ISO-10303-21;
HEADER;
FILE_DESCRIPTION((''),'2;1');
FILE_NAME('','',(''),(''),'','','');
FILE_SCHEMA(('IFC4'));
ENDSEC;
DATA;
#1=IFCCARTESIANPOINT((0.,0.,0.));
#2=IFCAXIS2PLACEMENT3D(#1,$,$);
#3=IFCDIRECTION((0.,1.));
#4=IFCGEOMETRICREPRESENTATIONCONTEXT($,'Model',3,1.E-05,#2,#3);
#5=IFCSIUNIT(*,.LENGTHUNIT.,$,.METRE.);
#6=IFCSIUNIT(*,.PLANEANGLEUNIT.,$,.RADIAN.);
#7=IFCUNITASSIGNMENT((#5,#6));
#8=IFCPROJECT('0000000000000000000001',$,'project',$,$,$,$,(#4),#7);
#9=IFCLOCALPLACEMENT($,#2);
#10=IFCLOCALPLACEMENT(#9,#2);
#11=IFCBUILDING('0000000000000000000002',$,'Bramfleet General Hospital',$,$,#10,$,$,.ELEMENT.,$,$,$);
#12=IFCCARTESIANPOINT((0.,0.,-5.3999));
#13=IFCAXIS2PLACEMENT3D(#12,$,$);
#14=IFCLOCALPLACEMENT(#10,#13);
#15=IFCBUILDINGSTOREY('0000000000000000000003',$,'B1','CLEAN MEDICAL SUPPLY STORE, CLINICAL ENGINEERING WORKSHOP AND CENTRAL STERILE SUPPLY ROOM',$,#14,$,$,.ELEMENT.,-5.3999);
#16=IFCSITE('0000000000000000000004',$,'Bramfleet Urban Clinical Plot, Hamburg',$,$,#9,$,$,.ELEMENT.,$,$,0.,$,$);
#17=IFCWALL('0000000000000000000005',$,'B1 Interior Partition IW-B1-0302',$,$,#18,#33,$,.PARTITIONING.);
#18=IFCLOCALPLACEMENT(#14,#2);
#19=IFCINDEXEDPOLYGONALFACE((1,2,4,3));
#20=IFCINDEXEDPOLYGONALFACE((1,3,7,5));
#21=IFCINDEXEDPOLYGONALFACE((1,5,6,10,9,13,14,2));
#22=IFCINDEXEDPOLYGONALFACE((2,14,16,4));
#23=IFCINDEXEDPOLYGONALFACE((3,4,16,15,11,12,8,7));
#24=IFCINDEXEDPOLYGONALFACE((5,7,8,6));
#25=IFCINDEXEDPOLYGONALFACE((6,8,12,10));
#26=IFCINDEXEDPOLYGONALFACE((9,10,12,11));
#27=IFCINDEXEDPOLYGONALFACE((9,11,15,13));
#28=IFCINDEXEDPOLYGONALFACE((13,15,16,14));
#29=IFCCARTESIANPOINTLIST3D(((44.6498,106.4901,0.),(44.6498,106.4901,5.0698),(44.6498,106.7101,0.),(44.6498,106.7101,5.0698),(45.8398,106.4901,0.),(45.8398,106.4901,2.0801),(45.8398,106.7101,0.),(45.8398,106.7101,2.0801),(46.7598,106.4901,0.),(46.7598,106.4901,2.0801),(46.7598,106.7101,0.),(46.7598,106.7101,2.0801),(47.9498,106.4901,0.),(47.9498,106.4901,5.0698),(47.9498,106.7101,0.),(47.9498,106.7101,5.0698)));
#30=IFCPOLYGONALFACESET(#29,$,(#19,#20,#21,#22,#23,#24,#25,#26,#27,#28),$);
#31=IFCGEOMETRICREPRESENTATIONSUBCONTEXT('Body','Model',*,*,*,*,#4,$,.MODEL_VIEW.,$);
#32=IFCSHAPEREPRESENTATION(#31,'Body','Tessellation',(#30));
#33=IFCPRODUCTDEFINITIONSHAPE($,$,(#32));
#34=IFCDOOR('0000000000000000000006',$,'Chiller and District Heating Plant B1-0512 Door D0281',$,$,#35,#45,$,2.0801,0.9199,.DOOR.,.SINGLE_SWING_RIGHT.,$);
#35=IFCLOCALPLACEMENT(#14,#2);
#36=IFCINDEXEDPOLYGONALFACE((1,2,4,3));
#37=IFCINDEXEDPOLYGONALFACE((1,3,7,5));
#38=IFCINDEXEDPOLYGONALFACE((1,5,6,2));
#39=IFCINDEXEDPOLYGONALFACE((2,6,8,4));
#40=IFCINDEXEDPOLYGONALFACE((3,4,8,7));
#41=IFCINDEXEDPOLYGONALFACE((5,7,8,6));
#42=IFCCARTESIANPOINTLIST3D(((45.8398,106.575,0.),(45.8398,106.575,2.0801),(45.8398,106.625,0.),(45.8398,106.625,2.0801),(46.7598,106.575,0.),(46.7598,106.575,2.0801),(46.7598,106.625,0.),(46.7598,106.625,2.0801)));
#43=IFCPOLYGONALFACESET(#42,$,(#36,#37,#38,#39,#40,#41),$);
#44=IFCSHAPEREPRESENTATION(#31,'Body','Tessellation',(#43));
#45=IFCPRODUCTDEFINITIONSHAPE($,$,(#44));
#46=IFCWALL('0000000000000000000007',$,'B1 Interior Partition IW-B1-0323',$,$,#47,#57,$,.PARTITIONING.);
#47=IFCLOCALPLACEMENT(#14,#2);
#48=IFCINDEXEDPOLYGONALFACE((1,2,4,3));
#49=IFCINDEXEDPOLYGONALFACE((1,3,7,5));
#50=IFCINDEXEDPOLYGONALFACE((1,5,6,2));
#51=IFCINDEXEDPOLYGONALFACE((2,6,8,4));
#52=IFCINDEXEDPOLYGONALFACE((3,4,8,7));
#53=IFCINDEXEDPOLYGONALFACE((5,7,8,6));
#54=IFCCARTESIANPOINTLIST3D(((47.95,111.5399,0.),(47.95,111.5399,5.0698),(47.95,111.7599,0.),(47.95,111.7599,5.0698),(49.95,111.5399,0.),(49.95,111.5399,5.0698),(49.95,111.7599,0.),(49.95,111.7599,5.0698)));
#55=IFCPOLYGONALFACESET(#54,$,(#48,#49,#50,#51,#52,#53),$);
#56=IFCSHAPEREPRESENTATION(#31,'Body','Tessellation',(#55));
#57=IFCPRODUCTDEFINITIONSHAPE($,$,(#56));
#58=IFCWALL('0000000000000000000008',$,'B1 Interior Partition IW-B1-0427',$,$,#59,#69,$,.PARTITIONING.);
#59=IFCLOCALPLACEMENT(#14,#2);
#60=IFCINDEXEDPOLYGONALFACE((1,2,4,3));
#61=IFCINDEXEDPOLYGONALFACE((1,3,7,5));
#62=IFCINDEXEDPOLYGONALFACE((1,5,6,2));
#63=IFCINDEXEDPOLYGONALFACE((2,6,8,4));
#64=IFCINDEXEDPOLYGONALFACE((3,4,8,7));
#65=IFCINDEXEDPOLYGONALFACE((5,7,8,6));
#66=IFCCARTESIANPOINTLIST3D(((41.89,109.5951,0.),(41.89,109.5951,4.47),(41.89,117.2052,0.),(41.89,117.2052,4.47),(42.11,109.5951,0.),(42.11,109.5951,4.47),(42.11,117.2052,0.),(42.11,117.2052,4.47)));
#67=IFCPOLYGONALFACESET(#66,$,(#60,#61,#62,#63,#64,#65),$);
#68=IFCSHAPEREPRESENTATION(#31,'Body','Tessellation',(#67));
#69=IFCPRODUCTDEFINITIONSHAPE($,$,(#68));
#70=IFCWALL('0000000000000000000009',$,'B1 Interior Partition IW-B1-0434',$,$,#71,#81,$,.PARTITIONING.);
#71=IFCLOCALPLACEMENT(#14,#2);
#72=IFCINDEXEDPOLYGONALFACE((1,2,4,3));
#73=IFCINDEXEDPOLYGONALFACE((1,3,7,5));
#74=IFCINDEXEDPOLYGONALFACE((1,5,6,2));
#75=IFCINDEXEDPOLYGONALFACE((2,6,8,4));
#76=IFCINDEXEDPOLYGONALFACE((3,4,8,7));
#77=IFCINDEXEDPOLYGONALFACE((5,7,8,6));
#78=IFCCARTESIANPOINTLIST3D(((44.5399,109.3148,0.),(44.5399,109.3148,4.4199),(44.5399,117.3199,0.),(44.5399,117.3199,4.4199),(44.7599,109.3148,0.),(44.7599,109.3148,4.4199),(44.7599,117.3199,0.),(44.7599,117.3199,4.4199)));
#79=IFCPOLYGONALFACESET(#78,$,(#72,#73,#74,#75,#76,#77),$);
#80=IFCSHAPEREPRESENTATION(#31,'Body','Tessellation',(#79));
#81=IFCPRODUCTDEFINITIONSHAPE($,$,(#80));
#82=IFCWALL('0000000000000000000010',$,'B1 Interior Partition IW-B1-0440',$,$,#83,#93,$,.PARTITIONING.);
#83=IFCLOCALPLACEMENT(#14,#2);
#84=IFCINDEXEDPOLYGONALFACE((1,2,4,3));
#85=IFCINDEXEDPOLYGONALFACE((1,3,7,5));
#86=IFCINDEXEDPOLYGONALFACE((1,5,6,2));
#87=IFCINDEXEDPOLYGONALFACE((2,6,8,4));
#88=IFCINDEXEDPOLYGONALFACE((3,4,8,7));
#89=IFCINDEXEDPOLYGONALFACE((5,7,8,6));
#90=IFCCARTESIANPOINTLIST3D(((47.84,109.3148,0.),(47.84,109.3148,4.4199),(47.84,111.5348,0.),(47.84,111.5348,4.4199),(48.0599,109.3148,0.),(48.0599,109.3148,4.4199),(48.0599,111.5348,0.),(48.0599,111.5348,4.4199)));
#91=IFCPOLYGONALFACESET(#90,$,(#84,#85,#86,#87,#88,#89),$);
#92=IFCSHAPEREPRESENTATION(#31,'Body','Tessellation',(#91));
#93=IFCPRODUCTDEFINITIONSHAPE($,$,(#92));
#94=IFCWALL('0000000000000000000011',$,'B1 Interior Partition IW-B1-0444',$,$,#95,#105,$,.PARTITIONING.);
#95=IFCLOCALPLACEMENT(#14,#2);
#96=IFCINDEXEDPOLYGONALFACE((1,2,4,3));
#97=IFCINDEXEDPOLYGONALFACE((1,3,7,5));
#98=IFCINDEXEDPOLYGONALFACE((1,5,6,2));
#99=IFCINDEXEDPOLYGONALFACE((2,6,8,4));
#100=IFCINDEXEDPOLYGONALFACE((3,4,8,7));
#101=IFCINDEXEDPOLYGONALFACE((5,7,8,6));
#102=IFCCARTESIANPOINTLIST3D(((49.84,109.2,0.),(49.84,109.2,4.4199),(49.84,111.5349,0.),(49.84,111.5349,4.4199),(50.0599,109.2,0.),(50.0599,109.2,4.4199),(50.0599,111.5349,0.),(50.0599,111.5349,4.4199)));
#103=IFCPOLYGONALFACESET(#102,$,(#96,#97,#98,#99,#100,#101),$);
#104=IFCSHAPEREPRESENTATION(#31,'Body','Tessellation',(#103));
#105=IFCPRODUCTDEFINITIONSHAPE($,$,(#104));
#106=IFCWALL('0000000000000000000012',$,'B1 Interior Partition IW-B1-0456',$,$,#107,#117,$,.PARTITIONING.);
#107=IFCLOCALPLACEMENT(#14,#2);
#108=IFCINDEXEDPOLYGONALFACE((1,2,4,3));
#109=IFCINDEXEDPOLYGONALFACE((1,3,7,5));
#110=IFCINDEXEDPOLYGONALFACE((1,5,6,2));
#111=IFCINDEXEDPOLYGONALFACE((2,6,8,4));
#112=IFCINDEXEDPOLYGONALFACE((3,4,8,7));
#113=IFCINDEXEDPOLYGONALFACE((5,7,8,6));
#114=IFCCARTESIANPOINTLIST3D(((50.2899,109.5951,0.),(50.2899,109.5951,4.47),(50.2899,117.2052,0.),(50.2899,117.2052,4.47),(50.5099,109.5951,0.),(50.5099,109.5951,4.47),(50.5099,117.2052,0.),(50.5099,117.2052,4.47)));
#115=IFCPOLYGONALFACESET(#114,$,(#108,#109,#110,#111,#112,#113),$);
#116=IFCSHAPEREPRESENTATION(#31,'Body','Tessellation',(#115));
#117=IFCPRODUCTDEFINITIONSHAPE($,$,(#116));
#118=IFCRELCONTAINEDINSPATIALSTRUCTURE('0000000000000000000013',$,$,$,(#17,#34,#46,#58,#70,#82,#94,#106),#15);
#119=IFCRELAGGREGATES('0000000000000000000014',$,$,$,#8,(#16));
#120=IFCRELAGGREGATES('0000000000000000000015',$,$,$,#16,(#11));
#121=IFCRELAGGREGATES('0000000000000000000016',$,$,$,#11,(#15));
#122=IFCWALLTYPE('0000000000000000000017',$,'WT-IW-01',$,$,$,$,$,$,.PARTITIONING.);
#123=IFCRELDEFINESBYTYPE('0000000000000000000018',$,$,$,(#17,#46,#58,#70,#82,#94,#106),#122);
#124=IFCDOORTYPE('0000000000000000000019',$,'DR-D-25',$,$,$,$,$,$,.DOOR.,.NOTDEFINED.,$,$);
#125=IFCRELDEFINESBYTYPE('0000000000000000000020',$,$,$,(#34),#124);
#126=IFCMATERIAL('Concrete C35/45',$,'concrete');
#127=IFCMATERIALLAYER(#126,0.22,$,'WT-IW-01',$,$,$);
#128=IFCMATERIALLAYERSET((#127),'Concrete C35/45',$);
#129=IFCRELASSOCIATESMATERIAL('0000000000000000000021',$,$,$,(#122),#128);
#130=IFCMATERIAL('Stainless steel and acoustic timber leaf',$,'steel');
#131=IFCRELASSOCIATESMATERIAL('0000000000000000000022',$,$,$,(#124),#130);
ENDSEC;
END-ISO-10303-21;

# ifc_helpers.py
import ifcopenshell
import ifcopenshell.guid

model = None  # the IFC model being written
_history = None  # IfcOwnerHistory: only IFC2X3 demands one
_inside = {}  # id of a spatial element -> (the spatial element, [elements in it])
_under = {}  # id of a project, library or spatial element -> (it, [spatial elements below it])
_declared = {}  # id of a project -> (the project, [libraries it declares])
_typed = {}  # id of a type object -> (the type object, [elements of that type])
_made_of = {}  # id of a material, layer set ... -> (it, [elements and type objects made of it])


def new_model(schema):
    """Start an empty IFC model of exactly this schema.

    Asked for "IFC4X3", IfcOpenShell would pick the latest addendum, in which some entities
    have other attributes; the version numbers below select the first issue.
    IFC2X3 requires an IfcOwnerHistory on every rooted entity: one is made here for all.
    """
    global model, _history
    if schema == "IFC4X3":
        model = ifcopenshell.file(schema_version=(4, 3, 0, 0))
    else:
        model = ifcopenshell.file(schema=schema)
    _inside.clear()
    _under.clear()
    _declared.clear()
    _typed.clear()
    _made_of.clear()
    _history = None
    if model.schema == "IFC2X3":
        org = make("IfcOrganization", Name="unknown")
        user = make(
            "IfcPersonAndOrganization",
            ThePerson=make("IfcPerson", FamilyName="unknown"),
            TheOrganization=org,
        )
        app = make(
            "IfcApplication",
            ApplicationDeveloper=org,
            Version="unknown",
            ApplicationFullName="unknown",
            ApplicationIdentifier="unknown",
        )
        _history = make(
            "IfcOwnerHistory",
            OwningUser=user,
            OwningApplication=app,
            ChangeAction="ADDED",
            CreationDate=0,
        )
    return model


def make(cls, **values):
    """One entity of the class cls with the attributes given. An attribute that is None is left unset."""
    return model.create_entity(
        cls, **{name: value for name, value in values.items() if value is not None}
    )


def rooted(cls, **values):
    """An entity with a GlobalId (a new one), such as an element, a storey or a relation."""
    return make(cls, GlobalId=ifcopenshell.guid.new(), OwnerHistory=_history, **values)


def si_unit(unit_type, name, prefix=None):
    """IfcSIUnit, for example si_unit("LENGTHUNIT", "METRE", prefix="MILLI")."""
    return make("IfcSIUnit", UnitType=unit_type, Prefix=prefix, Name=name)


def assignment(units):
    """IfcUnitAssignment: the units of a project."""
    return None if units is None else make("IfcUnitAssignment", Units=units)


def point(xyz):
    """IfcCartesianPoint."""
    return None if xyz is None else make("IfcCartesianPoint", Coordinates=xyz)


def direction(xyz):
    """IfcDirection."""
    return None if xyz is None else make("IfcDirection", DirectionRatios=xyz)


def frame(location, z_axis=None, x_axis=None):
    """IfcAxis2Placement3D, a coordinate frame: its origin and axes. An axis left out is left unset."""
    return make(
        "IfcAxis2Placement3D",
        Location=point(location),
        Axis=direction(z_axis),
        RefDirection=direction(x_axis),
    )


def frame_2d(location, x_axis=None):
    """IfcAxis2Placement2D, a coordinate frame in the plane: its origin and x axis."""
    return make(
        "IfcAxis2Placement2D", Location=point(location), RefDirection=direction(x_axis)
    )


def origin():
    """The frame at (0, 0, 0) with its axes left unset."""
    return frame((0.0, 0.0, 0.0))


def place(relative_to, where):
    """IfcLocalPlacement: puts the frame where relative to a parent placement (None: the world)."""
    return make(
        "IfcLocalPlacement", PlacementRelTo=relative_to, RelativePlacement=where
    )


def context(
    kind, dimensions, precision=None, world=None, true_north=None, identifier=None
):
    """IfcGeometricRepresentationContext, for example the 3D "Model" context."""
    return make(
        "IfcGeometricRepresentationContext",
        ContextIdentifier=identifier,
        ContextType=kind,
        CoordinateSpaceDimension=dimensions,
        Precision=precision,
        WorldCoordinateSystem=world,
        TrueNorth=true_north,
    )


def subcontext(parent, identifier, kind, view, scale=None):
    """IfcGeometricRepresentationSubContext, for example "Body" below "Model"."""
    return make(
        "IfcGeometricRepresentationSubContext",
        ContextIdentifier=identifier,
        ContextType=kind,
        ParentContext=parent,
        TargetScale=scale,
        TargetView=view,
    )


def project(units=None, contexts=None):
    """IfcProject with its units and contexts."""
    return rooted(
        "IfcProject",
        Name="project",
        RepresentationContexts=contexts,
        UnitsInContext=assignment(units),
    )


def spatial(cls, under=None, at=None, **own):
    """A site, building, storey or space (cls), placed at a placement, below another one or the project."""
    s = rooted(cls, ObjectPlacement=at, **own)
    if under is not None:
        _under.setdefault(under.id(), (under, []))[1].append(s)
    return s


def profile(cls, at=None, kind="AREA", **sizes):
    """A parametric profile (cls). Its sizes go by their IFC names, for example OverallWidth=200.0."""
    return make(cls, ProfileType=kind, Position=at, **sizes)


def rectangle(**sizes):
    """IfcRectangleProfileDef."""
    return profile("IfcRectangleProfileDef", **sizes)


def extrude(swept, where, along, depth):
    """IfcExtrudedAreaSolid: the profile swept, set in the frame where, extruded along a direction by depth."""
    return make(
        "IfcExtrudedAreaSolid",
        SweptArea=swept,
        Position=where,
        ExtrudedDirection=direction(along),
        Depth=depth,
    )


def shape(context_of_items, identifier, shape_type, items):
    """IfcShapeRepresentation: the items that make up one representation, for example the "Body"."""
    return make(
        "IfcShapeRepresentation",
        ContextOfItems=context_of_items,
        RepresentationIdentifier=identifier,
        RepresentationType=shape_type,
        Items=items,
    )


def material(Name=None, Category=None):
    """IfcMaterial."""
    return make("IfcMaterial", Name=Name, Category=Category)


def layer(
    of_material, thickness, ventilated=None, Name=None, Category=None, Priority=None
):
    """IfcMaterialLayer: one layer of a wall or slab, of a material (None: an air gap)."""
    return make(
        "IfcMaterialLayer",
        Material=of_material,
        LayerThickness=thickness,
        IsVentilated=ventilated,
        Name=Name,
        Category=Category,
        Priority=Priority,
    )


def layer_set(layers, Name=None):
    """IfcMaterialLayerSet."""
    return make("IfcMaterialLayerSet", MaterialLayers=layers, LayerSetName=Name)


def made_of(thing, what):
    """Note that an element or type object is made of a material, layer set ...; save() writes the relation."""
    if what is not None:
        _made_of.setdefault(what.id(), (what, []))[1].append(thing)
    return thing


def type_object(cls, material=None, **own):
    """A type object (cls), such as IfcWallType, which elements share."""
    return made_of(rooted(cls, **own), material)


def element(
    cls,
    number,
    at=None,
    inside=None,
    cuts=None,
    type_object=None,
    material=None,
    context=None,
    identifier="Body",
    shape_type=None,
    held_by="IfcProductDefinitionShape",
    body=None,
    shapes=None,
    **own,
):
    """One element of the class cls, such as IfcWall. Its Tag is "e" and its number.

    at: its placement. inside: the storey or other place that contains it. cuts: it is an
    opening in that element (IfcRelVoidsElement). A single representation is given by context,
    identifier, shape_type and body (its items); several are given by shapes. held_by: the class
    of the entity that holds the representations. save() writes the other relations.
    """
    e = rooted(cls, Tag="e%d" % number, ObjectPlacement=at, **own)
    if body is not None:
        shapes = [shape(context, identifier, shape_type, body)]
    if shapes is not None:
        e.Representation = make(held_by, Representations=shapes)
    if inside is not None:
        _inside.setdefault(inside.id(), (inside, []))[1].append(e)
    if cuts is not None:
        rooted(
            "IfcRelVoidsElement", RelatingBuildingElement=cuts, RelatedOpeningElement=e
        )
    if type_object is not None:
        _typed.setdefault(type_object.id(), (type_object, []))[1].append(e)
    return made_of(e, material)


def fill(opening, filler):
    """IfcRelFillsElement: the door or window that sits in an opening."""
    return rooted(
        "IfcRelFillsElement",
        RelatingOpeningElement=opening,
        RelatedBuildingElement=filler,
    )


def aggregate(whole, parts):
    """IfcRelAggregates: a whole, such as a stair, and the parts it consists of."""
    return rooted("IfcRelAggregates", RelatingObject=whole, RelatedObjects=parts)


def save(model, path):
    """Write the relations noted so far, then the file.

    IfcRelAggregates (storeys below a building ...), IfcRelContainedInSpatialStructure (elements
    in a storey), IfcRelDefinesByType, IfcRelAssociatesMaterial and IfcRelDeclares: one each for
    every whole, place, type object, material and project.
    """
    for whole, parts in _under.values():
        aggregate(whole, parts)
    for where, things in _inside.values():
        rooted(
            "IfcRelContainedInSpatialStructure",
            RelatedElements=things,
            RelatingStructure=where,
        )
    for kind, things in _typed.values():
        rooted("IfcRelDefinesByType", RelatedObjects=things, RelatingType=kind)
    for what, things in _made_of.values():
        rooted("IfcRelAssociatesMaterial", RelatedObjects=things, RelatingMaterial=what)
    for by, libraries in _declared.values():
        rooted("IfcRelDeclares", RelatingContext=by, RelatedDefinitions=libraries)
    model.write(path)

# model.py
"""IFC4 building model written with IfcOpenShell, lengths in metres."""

from ifc_helpers import new_model, si_unit, direction, frame, frame_2d, origin, place, context, subcontext, project, spatial, rectangle, extrude, material, layer, layer_set, type_object, element, fill, save


model = new_model("IFC4")

# Units and contexts
model_context = context("Model", 3, precision=1e-05, world=origin(), true_north=direction((0.0, 1.0)))
body_context = subcontext(model_context, "Body", "Model", "MODEL_VIEW")
ifc_project = project(units=[si_unit("LENGTHUNIT", "METRE"), si_unit("PLANEANGLEUNIT", "RADIAN")], contexts=[model_context])

# Site, building, storey
site_placement = place(None, origin())
site = spatial("IfcSite", under=ifc_project, at=site_placement, Name="Bramfleet Urban Clinical Plot, Hamburg", CompositionType="ELEMENT", RefElevation=0.0)
building_placement = place(site_placement, origin())
building = spatial("IfcBuilding", under=site, at=building_placement, Name="Bramfleet General Hospital", CompositionType="ELEMENT")
storey_placement = place(building_placement, frame((0.0, 0.0, -5.3999)))
storey = spatial("IfcBuildingStorey", under=building, at=storey_placement, Name="B1", Description="CLEAN MEDICAL SUPPLY STORE, CLINICAL ENGINEERING WORKSHOP AND CENTRAL STERILE SUPPLY ROOM", CompositionType="ELEMENT", Elevation=-5.3999)

# Shared definitions
ifc_material_1 = material(Name="Concrete C35/45", Category="concrete")

# Wall, opening, door
ifc_layer_1 = layer(ifc_material_1, 0.22, Name="WT-IW-01")
ifc_layer_set_1 = layer_set([ifc_layer_1], Name="Concrete C35/45")
wall_type_1 = type_object("IfcWallType", Name="WT-IW-01", PredefinedType="PARTITIONING", material=ifc_layer_set_1)
wall_1_placement = place(storey_placement, frame((44.6499, 106.6001, 0.0), z_axis=(0.0, 0.0, 1.0), x_axis=(1.0, 0.0, 0.0)))
wall_1 = element("IfcWall", 1, at=wall_1_placement, inside=storey, type_object=wall_type_1, Name="B1 Interior Partition IW-B1-0302", PredefinedType="PARTITIONING", context=body_context, shape_type="SweptSolid", body=[
    extrude(rectangle(XDim=3.3, YDim=0.22, at=frame_2d((1.6499, 0.0))), origin(), (0.0, 0.0, 1.0), 5.0698),
])
opening_1_placement = place(wall_1_placement, frame((1.1899, 0.0, 0.0)))
opening_1 = element("IfcOpeningElement", 2, at=opening_1_placement, cuts=wall_1, PredefinedType="OPENING", context=body_context, shape_type="SweptSolid", body=[
    extrude(rectangle(XDim=0.9199, YDim=2.0801, at=frame_2d((0.46, 1.04))), frame((0.0, 0.1199, 0.0), z_axis=(0.0, -1.0, 0.0), x_axis=(1.0, 0.0, 0.0)), (0.0, 0.0, 1.0), 0.24),
])
ifc_material_2 = material(Name="Stainless steel and acoustic timber leaf", Category="steel")
door_type_1 = type_object("IfcDoorType", Name="DR-D-25", OperationType="NOTDEFINED", PredefinedType="DOOR", material=ifc_material_2)
door_1_placement = place(opening_1_placement, origin())
door_1 = element("IfcDoor", 3, at=door_1_placement, inside=storey, type_object=door_type_1, Name="Chiller and District Heating Plant B1-0512 Door D0281", OperationType="SINGLE_SWING_RIGHT", OverallHeight=2.0801, OverallWidth=0.9199, PredefinedType="DOOR", context=body_context, shape_type="SweptSolid", body=[
    extrude(rectangle(XDim=0.9199, YDim=2.0801, at=frame_2d((0.46, 1.04))), frame((0.0, 0.0249, 0.0), z_axis=(0.0, -1.0, 0.0), x_axis=(1.0, 0.0, 0.0)), (0.0, 0.0, 1.0), 0.05),
])
fill(opening_1, door_1)

# Walls
wall_2_placement = place(storey_placement, frame((47.95, 111.6499, 0.0), z_axis=(0.0, 0.0, 1.0), x_axis=(1.0, 0.0, 0.0)))
element("IfcWall", 4, at=wall_2_placement, inside=storey, type_object=wall_type_1, Name="B1 Interior Partition IW-B1-0323", PredefinedType="PARTITIONING", context=body_context, shape_type="SweptSolid", body=[
    extrude(rectangle(XDim=2.0, YDim=0.22, at=frame_2d((1.0, 0.0))), origin(), (0.0, 0.0, 1.0), 5.0698),
])
wall_3_placement = place(storey_placement, frame((42.0, 109.595, 0.0), z_axis=(0.0, 0.0, 1.0), x_axis=(0.0, 1.0, 0.0)))
element("IfcWall", 5, at=wall_3_placement, inside=storey, type_object=wall_type_1, Name="B1 Interior Partition IW-B1-0427", PredefinedType="PARTITIONING", context=body_context, shape_type="SweptSolid", body=[
    extrude(rectangle(XDim=7.6101, YDim=0.22, at=frame_2d((3.8052, 0.0))), origin(), (0.0, 0.0, 1.0), 4.47),
])
wall_4_placement = place(storey_placement, frame((44.6499, 109.3149, 0.0), z_axis=(0.0, 0.0, 1.0), x_axis=(0.0, 1.0, 0.0)))
element("IfcWall", 6, at=wall_4_placement, inside=storey, type_object=wall_type_1, Name="B1 Interior Partition IW-B1-0434", PredefinedType="PARTITIONING", context=body_context, shape_type="SweptSolid", body=[
    extrude(rectangle(XDim=8.0051, YDim=0.22, at=frame_2d((4.0024, 0.0))), origin(), (0.0, 0.0, 1.0), 4.4199),
])
wall_5_placement = place(storey_placement, frame((47.95, 109.3149, 0.0), z_axis=(0.0, 0.0, 1.0), x_axis=(0.0, 1.0, 0.0)))
element("IfcWall", 7, at=wall_5_placement, inside=storey, type_object=wall_type_1, Name="B1 Interior Partition IW-B1-0440", PredefinedType="PARTITIONING", context=body_context, shape_type="SweptSolid", body=[
    extrude(rectangle(XDim=2.22, YDim=0.22, at=frame_2d((1.1099, 0.0))), origin(), (0.0, 0.0, 1.0), 4.4199),
])
wall_6_placement = place(storey_placement, frame((49.95, 109.2, 0.0), z_axis=(0.0, 0.0, 1.0), x_axis=(0.0, 1.0, 0.0)))
element("IfcWall", 8, at=wall_6_placement, inside=storey, type_object=wall_type_1, Name="B1 Interior Partition IW-B1-0444", PredefinedType="PARTITIONING", context=body_context, shape_type="SweptSolid", body=[
    extrude(rectangle(XDim=2.335, YDim=0.22, at=frame_2d((1.1675, 0.0))), origin(), (0.0, 0.0, 1.0), 4.4199),
])
wall_7_placement = place(storey_placement, frame((50.3999, 109.595, 0.0), z_axis=(0.0, 0.0, 1.0), x_axis=(0.0, 1.0, 0.0)))
element("IfcWall", 9, at=wall_7_placement, inside=storey, type_object=wall_type_1, Name="B1 Interior Partition IW-B1-0456", PredefinedType="PARTITIONING", context=body_context, shape_type="SweptSolid", body=[
    extrude(rectangle(XDim=7.6101, YDim=0.22, at=frame_2d((3.8052, 0.0))), origin(), (0.0, 0.0, 1.0), 4.47),
])

save(model, "model.ifc")
